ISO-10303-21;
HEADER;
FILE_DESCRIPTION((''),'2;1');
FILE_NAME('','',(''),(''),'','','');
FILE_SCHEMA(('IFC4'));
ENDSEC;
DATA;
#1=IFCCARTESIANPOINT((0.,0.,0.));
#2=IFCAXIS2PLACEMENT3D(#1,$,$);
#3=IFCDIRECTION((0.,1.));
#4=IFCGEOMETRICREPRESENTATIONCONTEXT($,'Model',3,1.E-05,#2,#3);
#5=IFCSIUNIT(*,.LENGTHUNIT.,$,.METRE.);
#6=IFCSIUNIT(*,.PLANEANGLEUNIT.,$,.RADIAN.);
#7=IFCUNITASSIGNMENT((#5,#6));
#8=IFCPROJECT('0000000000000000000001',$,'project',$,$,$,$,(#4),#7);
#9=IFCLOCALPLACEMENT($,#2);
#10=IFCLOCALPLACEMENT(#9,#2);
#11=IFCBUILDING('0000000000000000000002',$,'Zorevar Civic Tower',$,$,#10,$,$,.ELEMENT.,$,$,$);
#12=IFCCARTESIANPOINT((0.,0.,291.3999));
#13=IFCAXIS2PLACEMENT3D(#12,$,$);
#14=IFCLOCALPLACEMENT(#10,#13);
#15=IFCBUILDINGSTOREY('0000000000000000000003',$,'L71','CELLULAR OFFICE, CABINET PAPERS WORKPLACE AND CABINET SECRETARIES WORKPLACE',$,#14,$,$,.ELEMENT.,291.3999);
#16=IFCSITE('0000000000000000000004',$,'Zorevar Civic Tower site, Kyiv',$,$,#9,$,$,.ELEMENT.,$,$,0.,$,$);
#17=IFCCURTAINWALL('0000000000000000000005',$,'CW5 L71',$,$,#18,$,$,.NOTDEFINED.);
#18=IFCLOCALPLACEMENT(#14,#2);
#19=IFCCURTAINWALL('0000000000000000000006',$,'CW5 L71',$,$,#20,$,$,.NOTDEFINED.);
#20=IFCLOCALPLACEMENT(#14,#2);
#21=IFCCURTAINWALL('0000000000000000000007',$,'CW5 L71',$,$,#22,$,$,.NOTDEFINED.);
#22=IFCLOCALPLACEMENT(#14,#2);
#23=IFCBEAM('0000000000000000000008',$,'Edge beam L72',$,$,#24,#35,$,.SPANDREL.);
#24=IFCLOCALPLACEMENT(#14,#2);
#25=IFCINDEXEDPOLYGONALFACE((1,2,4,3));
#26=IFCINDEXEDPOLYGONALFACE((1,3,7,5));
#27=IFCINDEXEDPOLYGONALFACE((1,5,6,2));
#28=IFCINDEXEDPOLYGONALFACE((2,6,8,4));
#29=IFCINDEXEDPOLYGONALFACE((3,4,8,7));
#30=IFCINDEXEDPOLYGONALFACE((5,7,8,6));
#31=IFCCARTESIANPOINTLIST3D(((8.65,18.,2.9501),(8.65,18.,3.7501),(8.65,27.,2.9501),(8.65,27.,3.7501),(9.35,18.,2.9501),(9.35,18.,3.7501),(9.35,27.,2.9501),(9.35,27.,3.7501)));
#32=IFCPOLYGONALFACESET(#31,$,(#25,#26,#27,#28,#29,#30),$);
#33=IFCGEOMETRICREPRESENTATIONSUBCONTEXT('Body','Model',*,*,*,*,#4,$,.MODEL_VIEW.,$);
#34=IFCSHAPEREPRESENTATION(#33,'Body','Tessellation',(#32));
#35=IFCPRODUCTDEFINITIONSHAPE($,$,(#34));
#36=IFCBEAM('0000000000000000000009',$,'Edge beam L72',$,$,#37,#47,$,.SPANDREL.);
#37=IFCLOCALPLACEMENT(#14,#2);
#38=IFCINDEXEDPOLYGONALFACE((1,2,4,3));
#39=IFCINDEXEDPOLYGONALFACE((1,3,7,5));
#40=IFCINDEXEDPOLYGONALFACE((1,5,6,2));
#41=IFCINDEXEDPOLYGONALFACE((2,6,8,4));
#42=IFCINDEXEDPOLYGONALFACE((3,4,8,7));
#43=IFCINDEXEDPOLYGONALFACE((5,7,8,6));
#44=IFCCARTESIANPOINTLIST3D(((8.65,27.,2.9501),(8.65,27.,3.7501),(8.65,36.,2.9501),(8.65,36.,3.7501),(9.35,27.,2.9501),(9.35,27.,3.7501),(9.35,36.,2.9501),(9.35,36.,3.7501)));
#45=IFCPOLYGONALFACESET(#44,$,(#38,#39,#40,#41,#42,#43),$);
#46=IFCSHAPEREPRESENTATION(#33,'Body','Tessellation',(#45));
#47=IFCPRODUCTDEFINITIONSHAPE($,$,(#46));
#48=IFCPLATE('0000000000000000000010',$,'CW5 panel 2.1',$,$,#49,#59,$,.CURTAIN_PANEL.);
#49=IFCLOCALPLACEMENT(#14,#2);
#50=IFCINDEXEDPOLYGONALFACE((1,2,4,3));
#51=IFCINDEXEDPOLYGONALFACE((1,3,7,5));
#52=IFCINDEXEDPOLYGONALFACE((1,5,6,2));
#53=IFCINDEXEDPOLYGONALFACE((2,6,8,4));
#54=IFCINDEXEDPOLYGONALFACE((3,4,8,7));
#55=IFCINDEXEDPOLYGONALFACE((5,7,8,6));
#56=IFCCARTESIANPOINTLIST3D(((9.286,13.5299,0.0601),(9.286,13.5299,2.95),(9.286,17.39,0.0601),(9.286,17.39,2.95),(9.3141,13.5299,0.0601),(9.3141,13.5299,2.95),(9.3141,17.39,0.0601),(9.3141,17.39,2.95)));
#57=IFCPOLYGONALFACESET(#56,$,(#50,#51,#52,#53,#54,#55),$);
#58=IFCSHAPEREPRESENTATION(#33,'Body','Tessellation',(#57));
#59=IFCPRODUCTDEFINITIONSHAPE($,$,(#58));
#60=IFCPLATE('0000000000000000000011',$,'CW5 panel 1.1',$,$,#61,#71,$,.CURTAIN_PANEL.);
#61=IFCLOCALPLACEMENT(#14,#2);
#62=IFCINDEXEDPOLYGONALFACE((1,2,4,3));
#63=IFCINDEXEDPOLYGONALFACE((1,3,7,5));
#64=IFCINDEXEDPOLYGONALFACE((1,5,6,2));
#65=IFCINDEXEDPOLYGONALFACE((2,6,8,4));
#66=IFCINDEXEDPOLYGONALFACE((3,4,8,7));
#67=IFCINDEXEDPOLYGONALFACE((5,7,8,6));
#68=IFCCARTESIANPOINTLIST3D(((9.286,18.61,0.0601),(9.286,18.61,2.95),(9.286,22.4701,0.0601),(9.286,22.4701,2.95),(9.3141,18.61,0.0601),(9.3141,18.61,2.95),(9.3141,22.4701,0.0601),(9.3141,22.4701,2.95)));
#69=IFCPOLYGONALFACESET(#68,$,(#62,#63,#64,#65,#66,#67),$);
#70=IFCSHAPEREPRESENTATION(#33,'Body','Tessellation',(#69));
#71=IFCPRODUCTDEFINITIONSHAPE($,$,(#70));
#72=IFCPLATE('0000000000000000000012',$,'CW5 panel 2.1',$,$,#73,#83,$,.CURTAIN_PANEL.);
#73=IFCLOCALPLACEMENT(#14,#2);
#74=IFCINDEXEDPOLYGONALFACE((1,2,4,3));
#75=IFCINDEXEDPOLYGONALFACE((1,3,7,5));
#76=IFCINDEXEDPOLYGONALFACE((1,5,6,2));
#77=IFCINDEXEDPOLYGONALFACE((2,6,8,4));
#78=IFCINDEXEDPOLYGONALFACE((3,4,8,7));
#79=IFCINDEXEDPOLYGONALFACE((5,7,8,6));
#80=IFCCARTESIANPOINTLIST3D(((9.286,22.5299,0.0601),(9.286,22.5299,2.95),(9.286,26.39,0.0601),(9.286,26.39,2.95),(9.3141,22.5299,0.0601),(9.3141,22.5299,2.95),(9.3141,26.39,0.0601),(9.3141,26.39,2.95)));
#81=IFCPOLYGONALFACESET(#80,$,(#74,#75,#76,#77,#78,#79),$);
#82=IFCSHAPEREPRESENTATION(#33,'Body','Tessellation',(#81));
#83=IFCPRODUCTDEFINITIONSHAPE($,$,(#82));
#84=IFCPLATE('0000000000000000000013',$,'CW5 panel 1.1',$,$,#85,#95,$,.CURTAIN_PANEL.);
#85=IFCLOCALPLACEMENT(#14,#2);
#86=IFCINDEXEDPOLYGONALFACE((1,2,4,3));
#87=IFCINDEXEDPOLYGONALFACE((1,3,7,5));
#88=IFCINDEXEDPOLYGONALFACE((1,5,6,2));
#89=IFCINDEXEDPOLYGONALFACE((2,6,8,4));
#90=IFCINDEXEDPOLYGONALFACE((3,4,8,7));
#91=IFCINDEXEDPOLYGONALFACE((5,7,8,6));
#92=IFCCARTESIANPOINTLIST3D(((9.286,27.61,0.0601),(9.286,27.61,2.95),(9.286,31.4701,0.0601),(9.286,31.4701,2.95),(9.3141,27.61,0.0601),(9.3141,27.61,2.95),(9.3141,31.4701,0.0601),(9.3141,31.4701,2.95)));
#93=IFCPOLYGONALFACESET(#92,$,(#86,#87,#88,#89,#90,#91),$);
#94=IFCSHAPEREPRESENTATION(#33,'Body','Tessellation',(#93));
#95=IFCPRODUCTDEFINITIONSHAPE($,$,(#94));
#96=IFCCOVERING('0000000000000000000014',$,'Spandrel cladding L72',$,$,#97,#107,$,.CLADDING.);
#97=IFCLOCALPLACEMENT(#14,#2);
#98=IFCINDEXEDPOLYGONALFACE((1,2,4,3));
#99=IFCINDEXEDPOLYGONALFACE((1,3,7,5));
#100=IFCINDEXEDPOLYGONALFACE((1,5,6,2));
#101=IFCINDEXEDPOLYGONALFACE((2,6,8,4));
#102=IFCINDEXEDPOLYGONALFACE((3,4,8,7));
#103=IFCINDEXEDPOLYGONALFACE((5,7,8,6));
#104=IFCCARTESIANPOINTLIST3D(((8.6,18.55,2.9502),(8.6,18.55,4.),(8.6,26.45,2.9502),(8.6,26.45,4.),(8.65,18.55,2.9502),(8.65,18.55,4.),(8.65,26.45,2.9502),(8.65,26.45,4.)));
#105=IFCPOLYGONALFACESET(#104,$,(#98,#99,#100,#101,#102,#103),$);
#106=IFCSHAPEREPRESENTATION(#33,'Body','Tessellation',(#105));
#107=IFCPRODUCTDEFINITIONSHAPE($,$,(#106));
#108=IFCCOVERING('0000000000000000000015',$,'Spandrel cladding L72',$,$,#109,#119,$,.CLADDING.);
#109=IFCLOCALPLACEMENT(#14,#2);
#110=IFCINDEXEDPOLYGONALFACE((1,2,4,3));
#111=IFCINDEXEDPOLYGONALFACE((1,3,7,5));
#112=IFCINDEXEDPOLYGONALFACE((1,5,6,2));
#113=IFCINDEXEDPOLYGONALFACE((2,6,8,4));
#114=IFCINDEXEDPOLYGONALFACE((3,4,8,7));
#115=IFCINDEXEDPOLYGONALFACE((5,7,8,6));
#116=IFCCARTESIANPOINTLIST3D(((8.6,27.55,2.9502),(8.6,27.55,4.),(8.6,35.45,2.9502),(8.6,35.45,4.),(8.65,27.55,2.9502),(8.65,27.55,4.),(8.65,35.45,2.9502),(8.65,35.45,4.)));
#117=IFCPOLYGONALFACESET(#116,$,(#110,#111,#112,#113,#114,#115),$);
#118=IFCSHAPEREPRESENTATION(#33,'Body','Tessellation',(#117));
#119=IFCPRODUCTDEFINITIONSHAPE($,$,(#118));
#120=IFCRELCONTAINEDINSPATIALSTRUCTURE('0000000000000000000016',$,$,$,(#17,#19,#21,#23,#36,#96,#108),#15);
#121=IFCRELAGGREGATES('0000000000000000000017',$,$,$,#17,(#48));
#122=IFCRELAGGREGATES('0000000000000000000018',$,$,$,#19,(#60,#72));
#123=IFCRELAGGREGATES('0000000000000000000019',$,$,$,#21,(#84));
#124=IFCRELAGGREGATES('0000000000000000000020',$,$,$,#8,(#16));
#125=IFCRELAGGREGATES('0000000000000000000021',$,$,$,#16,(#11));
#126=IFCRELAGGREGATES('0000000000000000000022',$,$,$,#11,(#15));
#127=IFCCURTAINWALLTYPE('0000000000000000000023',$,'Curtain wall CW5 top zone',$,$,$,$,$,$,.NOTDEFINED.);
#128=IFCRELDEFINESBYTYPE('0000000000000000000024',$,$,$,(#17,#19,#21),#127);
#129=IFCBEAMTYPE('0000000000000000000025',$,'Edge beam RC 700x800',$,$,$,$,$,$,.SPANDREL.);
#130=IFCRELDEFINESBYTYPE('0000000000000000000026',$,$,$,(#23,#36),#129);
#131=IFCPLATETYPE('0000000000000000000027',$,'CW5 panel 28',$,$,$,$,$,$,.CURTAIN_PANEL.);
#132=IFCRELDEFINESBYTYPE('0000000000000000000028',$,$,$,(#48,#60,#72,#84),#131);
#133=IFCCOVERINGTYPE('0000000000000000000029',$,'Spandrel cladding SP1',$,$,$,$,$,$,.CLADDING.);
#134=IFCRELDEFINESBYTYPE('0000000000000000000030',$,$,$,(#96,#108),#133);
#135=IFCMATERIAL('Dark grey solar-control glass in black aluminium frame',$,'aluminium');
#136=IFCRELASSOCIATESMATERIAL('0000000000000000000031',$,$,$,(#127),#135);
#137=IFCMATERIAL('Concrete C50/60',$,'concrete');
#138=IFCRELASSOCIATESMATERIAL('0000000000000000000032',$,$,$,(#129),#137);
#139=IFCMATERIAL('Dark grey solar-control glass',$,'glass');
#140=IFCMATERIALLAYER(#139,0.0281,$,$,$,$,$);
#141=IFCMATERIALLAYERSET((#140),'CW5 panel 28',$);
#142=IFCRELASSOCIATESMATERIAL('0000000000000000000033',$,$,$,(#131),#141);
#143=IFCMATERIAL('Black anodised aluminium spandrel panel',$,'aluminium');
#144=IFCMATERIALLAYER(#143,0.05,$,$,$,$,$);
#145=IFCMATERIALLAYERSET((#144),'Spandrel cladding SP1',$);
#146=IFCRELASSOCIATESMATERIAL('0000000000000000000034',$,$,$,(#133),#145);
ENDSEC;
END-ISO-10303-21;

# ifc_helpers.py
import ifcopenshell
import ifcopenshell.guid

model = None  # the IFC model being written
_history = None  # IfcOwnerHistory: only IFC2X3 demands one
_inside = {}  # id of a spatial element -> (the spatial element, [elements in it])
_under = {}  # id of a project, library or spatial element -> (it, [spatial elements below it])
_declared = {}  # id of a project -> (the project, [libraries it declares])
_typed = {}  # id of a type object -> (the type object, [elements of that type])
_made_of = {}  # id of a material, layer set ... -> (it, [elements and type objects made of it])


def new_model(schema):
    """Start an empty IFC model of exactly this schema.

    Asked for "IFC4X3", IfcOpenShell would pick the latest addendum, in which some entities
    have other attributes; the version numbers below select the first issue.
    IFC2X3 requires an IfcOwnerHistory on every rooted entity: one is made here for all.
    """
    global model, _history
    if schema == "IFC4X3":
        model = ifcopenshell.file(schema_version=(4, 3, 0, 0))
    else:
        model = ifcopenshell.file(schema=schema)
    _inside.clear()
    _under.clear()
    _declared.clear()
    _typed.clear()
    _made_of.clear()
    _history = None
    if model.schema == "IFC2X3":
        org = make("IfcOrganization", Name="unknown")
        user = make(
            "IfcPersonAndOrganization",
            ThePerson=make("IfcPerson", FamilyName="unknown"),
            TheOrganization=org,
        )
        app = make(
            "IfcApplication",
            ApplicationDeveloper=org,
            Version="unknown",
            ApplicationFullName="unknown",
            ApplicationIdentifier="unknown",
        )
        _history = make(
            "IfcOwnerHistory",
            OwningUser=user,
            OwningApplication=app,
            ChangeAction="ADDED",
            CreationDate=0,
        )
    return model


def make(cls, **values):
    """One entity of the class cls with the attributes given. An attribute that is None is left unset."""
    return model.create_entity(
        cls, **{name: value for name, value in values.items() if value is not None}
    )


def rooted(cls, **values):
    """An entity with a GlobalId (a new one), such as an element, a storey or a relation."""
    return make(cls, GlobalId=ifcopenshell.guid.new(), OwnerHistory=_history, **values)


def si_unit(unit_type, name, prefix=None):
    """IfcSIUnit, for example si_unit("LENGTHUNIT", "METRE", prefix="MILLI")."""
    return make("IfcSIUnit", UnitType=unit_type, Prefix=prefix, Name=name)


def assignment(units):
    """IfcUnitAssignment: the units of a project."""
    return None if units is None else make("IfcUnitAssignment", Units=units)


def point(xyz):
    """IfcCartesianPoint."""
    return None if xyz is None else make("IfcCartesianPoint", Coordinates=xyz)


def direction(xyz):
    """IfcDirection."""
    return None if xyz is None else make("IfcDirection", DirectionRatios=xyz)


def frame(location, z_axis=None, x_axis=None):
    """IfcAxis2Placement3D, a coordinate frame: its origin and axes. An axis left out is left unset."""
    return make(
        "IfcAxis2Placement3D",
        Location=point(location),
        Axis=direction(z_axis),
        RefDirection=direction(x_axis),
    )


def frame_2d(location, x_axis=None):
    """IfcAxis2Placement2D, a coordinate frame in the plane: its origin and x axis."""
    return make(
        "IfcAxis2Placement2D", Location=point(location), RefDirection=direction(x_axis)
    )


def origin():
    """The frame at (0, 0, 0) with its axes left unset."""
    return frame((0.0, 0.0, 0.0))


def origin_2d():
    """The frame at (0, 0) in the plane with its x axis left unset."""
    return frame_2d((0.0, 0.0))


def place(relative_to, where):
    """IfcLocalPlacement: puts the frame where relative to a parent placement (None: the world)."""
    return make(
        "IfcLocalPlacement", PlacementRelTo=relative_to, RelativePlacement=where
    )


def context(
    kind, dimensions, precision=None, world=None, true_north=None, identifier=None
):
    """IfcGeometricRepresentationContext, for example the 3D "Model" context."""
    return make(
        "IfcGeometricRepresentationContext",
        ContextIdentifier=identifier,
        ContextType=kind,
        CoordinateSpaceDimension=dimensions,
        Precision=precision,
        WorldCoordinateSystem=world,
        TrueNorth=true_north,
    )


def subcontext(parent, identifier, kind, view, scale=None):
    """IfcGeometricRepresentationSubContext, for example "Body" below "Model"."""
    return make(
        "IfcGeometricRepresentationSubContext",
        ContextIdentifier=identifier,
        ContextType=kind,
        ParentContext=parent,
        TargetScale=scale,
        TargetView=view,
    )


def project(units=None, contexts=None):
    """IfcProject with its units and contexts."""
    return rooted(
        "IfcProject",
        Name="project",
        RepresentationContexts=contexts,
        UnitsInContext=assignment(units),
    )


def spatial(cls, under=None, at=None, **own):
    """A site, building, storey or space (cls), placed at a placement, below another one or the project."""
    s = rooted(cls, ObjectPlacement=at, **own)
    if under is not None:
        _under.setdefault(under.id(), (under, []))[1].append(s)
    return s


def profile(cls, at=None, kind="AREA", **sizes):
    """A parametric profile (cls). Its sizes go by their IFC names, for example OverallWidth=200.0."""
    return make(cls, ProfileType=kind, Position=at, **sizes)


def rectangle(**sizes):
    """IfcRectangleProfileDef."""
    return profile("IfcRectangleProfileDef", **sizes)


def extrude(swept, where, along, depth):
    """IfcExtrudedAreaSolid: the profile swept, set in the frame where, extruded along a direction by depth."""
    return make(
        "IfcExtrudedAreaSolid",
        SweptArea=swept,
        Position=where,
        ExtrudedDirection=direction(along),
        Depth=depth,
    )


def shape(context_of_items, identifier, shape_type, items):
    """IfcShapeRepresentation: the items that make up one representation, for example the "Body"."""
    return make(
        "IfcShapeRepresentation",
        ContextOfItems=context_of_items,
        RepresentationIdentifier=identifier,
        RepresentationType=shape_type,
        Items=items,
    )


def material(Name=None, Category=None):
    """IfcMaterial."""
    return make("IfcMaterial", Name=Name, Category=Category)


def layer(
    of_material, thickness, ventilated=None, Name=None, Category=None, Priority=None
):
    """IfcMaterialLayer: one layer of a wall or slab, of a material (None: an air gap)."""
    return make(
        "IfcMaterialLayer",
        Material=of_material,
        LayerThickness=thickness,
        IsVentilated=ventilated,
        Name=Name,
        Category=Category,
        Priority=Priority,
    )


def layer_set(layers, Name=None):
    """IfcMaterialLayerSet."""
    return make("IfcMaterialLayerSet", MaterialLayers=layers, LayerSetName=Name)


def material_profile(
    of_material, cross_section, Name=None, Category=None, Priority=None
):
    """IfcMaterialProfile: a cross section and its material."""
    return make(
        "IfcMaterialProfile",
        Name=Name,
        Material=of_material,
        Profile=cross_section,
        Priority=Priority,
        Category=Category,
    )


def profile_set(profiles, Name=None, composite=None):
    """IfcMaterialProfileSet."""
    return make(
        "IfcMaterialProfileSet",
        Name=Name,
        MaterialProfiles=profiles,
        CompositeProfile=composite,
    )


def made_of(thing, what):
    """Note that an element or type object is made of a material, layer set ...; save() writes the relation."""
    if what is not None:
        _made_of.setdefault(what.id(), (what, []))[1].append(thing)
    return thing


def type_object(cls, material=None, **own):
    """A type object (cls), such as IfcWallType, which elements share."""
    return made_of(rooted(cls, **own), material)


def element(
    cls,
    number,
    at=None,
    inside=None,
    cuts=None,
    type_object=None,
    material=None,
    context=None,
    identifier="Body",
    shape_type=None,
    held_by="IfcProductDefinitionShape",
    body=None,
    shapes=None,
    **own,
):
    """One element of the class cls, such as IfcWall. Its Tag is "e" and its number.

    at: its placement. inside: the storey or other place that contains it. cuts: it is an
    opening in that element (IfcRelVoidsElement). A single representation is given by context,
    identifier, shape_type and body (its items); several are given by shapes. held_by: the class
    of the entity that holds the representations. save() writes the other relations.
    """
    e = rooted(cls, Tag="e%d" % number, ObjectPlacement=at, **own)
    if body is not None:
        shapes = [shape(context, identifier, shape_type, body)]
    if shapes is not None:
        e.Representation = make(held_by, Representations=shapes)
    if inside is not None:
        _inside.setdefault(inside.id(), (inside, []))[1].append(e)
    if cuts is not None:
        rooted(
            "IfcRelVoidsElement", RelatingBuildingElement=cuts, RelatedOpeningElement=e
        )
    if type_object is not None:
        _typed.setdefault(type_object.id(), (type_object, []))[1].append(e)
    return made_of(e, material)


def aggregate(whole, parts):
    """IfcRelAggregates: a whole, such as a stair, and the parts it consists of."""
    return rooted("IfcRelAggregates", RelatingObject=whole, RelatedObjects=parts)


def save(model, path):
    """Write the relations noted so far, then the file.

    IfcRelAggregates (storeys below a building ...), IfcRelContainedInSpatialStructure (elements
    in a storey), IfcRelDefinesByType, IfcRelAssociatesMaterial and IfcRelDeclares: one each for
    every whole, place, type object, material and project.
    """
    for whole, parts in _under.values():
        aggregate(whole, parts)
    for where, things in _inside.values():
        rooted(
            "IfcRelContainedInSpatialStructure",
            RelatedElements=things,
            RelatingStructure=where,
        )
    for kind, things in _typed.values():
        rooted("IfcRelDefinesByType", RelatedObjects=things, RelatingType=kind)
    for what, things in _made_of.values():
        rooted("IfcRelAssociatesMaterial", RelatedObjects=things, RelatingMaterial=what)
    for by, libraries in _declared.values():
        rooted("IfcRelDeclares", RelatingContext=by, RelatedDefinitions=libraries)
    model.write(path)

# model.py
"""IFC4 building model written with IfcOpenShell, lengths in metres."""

from ifc_helpers import new_model, si_unit, direction, frame, frame_2d, origin, origin_2d, place, context, subcontext, project, spatial, rectangle, extrude, material, layer, layer_set, material_profile, profile_set, type_object, element, aggregate, save


model = new_model("IFC4")

# Units and contexts
model_context = context("Model", 3, precision=1e-05, world=origin(), true_north=direction((0.0, 1.0)))
body_context = subcontext(model_context, "Body", "Model", "MODEL_VIEW")
ifc_project = project(units=[si_unit("LENGTHUNIT", "METRE"), si_unit("PLANEANGLEUNIT", "RADIAN")], contexts=[model_context])

# Site, building, storey
site_placement = place(None, origin())
site = spatial("IfcSite", under=ifc_project, at=site_placement, Name="Zorevar Civic Tower site, Kyiv", CompositionType="ELEMENT", RefElevation=0.0)
building_placement = place(site_placement, origin())
building = spatial("IfcBuilding", under=site, at=building_placement, Name="Zorevar Civic Tower", CompositionType="ELEMENT")
storey_placement = place(building_placement, frame((0.0, 0.0, 291.3999)))
storey = spatial("IfcBuildingStorey", under=building, at=storey_placement, Name="L71", Description="CELLULAR OFFICE, CABINET PAPERS WORKPLACE AND CABINET SECRETARIES WORKPLACE", CompositionType="ELEMENT", Elevation=291.3999)

# Curtain walls
ifc_material_1 = material(Name="Dark grey solar-control glass in black aluminium frame", Category="aluminium")
curtain_wall_type = type_object("IfcCurtainWallType", Name="Curtain wall CW5 top zone", PredefinedType="NOTDEFINED", material=ifc_material_1)
curtain_wall_1_placement = place(storey_placement, origin())
curtain_wall_1 = element("IfcCurtainWall", 1, at=curtain_wall_1_placement, inside=storey, type_object=curtain_wall_type, Name="CW5 L71", PredefinedType="NOTDEFINED")
curtain_wall_2_placement = place(storey_placement, origin())
curtain_wall_2 = element("IfcCurtainWall", 2, at=curtain_wall_2_placement, inside=storey, type_object=curtain_wall_type, Name="CW5 L71", PredefinedType="NOTDEFINED")

# Curtain wall
curtain_wall_3_placement = place(storey_placement, origin())
curtain_wall_3 = element("IfcCurtainWall", 3, at=curtain_wall_3_placement, inside=storey, type_object=curtain_wall_type, Name="CW5 L71", PredefinedType="NOTDEFINED")

# Beams
ifc_material_2 = material(Name="Concrete C50/60", Category="concrete")
ifc_material_profile_1 = material_profile(ifc_material_2, rectangle(XDim=0.7, YDim=0.8, at=origin_2d()), Name="RC 700x800")
ifc_profile_set_1 = profile_set([ifc_material_profile_1], Name="Concrete C50/60")
beam_type_1 = type_object("IfcBeamType", Name="Edge beam RC 700x800", PredefinedType="SPANDREL", material=ifc_profile_set_1)
for number, where, z_axis, x_axis, name in (
    (4, (9.0, 18.0, 3.3501), (0.0, 1.0, 0.0), (-1.0, 0.0, 0.0), "Edge beam L72"),
    (5, (9.0, 27.0, 3.3501), (0.0, 1.0, 0.0), (-1.0, 0.0, 0.0), "Edge beam L72"),
):
    element("IfcBeam", number, at=place(storey_placement, frame(where, z_axis=z_axis, x_axis=x_axis)), inside=storey, type_object=beam_type_1, Name=name, PredefinedType="SPANDREL", context=body_context, shape_type="SweptSolid", body=[
        extrude(rectangle(XDim=0.7, YDim=0.8, at=origin_2d()), origin(), (0.0, 0.0, 1.0), 9.0),
    ])

# Plates
ifc_material_3 = material(Name="Dark grey solar-control glass", Category="glass")
ifc_layer_1 = layer(ifc_material_3, 0.0281)
ifc_layer_set_1 = layer_set([ifc_layer_1], Name="CW5 panel 28")
plate_type = type_object("IfcPlateType", Name="CW5 panel 28", PredefinedType="CURTAIN_PANEL", material=ifc_layer_set_1)
plate_1_placement = place(storey_placement, frame((9.3, 15.46, 0.0601), z_axis=(0.0, 0.0, 1.0), x_axis=(0.0, 1.0, 0.0)))
plate_1 = element("IfcPlate", 6, at=plate_1_placement, type_object=plate_type, Name="CW5 panel 2.1", PredefinedType="CURTAIN_PANEL", context=body_context, shape_type="SweptSolid", body=[
    extrude(rectangle(XDim=3.8601, YDim=0.0281, at=origin_2d()), origin(), (0.0, 0.0, 1.0), 2.8899),
])
aggregate(curtain_wall_1, [plate_1])
plate_2_placement = place(storey_placement, frame((9.3, 20.54, 0.0601), z_axis=(0.0, 0.0, 1.0), x_axis=(0.0, 1.0, 0.0)))
plate_2 = element("IfcPlate", 7, at=plate_2_placement, type_object=plate_type, Name="CW5 panel 1.1", PredefinedType="CURTAIN_PANEL", context=body_context, shape_type="SweptSolid", body=[
    extrude(rectangle(XDim=3.8601, YDim=0.0281, at=origin_2d()), origin(), (0.0, 0.0, 1.0), 2.8899),
])
plate_3_placement = place(storey_placement, frame((9.3, 24.46, 0.0601), z_axis=(0.0, 0.0, 1.0), x_axis=(0.0, 1.0, 0.0)))
plate_3 = element("IfcPlate", 8, at=plate_3_placement, type_object=plate_type, Name="CW5 panel 2.1", PredefinedType="CURTAIN_PANEL", context=body_context, shape_type="SweptSolid", body=[
    extrude(rectangle(XDim=3.8601, YDim=0.0281, at=origin_2d()), origin(), (0.0, 0.0, 1.0), 2.8899),
])
aggregate(curtain_wall_2, [plate_2, plate_3])
plate_4_placement = place(storey_placement, frame((9.3, 29.54, 0.0601), z_axis=(0.0, 0.0, 1.0), x_axis=(0.0, 1.0, 0.0)))
plate_4 = element("IfcPlate", 9, at=plate_4_placement, type_object=plate_type, Name="CW5 panel 1.1", PredefinedType="CURTAIN_PANEL", context=body_context, shape_type="SweptSolid", body=[
    extrude(rectangle(XDim=3.8601, YDim=0.0281, at=origin_2d()), origin(), (0.0, 0.0, 1.0), 2.8899),
])
aggregate(curtain_wall_3, [plate_4])

# Coverings
ifc_material_4 = material(Name="Black anodised aluminium spandrel panel", Category="aluminium")
ifc_layer_2 = layer(ifc_material_4, 0.05)
ifc_layer_set_2 = layer_set([ifc_layer_2], Name="Spandrel cladding SP1")
covering_type = type_object("IfcCoveringType", Name="Spandrel cladding SP1", PredefinedType="CLADDING", material=ifc_layer_set_2)
for number, where, z_axis, x_axis, name in (
    (10, (8.625, 18.55, 2.9502), (0.0, 0.0, 1.0), (0.0, 1.0, 0.0), "Spandrel cladding L72"),
    (11, (8.625, 27.55, 2.9502), (0.0, 0.0, 1.0), (0.0, 1.0, 0.0), "Spandrel cladding L72"),
):
    element("IfcCovering", number, at=place(storey_placement, frame(where, z_axis=z_axis, x_axis=x_axis)), inside=storey, type_object=covering_type, Name=name, PredefinedType="CLADDING", context=body_context, shape_type="SweptSolid", body=[
        extrude(rectangle(XDim=7.8999, YDim=0.05, at=frame_2d((3.95, 0.0))), origin(), (0.0, 0.0, 1.0), 1.0498),
    ])

save(model, "model.ifc")
